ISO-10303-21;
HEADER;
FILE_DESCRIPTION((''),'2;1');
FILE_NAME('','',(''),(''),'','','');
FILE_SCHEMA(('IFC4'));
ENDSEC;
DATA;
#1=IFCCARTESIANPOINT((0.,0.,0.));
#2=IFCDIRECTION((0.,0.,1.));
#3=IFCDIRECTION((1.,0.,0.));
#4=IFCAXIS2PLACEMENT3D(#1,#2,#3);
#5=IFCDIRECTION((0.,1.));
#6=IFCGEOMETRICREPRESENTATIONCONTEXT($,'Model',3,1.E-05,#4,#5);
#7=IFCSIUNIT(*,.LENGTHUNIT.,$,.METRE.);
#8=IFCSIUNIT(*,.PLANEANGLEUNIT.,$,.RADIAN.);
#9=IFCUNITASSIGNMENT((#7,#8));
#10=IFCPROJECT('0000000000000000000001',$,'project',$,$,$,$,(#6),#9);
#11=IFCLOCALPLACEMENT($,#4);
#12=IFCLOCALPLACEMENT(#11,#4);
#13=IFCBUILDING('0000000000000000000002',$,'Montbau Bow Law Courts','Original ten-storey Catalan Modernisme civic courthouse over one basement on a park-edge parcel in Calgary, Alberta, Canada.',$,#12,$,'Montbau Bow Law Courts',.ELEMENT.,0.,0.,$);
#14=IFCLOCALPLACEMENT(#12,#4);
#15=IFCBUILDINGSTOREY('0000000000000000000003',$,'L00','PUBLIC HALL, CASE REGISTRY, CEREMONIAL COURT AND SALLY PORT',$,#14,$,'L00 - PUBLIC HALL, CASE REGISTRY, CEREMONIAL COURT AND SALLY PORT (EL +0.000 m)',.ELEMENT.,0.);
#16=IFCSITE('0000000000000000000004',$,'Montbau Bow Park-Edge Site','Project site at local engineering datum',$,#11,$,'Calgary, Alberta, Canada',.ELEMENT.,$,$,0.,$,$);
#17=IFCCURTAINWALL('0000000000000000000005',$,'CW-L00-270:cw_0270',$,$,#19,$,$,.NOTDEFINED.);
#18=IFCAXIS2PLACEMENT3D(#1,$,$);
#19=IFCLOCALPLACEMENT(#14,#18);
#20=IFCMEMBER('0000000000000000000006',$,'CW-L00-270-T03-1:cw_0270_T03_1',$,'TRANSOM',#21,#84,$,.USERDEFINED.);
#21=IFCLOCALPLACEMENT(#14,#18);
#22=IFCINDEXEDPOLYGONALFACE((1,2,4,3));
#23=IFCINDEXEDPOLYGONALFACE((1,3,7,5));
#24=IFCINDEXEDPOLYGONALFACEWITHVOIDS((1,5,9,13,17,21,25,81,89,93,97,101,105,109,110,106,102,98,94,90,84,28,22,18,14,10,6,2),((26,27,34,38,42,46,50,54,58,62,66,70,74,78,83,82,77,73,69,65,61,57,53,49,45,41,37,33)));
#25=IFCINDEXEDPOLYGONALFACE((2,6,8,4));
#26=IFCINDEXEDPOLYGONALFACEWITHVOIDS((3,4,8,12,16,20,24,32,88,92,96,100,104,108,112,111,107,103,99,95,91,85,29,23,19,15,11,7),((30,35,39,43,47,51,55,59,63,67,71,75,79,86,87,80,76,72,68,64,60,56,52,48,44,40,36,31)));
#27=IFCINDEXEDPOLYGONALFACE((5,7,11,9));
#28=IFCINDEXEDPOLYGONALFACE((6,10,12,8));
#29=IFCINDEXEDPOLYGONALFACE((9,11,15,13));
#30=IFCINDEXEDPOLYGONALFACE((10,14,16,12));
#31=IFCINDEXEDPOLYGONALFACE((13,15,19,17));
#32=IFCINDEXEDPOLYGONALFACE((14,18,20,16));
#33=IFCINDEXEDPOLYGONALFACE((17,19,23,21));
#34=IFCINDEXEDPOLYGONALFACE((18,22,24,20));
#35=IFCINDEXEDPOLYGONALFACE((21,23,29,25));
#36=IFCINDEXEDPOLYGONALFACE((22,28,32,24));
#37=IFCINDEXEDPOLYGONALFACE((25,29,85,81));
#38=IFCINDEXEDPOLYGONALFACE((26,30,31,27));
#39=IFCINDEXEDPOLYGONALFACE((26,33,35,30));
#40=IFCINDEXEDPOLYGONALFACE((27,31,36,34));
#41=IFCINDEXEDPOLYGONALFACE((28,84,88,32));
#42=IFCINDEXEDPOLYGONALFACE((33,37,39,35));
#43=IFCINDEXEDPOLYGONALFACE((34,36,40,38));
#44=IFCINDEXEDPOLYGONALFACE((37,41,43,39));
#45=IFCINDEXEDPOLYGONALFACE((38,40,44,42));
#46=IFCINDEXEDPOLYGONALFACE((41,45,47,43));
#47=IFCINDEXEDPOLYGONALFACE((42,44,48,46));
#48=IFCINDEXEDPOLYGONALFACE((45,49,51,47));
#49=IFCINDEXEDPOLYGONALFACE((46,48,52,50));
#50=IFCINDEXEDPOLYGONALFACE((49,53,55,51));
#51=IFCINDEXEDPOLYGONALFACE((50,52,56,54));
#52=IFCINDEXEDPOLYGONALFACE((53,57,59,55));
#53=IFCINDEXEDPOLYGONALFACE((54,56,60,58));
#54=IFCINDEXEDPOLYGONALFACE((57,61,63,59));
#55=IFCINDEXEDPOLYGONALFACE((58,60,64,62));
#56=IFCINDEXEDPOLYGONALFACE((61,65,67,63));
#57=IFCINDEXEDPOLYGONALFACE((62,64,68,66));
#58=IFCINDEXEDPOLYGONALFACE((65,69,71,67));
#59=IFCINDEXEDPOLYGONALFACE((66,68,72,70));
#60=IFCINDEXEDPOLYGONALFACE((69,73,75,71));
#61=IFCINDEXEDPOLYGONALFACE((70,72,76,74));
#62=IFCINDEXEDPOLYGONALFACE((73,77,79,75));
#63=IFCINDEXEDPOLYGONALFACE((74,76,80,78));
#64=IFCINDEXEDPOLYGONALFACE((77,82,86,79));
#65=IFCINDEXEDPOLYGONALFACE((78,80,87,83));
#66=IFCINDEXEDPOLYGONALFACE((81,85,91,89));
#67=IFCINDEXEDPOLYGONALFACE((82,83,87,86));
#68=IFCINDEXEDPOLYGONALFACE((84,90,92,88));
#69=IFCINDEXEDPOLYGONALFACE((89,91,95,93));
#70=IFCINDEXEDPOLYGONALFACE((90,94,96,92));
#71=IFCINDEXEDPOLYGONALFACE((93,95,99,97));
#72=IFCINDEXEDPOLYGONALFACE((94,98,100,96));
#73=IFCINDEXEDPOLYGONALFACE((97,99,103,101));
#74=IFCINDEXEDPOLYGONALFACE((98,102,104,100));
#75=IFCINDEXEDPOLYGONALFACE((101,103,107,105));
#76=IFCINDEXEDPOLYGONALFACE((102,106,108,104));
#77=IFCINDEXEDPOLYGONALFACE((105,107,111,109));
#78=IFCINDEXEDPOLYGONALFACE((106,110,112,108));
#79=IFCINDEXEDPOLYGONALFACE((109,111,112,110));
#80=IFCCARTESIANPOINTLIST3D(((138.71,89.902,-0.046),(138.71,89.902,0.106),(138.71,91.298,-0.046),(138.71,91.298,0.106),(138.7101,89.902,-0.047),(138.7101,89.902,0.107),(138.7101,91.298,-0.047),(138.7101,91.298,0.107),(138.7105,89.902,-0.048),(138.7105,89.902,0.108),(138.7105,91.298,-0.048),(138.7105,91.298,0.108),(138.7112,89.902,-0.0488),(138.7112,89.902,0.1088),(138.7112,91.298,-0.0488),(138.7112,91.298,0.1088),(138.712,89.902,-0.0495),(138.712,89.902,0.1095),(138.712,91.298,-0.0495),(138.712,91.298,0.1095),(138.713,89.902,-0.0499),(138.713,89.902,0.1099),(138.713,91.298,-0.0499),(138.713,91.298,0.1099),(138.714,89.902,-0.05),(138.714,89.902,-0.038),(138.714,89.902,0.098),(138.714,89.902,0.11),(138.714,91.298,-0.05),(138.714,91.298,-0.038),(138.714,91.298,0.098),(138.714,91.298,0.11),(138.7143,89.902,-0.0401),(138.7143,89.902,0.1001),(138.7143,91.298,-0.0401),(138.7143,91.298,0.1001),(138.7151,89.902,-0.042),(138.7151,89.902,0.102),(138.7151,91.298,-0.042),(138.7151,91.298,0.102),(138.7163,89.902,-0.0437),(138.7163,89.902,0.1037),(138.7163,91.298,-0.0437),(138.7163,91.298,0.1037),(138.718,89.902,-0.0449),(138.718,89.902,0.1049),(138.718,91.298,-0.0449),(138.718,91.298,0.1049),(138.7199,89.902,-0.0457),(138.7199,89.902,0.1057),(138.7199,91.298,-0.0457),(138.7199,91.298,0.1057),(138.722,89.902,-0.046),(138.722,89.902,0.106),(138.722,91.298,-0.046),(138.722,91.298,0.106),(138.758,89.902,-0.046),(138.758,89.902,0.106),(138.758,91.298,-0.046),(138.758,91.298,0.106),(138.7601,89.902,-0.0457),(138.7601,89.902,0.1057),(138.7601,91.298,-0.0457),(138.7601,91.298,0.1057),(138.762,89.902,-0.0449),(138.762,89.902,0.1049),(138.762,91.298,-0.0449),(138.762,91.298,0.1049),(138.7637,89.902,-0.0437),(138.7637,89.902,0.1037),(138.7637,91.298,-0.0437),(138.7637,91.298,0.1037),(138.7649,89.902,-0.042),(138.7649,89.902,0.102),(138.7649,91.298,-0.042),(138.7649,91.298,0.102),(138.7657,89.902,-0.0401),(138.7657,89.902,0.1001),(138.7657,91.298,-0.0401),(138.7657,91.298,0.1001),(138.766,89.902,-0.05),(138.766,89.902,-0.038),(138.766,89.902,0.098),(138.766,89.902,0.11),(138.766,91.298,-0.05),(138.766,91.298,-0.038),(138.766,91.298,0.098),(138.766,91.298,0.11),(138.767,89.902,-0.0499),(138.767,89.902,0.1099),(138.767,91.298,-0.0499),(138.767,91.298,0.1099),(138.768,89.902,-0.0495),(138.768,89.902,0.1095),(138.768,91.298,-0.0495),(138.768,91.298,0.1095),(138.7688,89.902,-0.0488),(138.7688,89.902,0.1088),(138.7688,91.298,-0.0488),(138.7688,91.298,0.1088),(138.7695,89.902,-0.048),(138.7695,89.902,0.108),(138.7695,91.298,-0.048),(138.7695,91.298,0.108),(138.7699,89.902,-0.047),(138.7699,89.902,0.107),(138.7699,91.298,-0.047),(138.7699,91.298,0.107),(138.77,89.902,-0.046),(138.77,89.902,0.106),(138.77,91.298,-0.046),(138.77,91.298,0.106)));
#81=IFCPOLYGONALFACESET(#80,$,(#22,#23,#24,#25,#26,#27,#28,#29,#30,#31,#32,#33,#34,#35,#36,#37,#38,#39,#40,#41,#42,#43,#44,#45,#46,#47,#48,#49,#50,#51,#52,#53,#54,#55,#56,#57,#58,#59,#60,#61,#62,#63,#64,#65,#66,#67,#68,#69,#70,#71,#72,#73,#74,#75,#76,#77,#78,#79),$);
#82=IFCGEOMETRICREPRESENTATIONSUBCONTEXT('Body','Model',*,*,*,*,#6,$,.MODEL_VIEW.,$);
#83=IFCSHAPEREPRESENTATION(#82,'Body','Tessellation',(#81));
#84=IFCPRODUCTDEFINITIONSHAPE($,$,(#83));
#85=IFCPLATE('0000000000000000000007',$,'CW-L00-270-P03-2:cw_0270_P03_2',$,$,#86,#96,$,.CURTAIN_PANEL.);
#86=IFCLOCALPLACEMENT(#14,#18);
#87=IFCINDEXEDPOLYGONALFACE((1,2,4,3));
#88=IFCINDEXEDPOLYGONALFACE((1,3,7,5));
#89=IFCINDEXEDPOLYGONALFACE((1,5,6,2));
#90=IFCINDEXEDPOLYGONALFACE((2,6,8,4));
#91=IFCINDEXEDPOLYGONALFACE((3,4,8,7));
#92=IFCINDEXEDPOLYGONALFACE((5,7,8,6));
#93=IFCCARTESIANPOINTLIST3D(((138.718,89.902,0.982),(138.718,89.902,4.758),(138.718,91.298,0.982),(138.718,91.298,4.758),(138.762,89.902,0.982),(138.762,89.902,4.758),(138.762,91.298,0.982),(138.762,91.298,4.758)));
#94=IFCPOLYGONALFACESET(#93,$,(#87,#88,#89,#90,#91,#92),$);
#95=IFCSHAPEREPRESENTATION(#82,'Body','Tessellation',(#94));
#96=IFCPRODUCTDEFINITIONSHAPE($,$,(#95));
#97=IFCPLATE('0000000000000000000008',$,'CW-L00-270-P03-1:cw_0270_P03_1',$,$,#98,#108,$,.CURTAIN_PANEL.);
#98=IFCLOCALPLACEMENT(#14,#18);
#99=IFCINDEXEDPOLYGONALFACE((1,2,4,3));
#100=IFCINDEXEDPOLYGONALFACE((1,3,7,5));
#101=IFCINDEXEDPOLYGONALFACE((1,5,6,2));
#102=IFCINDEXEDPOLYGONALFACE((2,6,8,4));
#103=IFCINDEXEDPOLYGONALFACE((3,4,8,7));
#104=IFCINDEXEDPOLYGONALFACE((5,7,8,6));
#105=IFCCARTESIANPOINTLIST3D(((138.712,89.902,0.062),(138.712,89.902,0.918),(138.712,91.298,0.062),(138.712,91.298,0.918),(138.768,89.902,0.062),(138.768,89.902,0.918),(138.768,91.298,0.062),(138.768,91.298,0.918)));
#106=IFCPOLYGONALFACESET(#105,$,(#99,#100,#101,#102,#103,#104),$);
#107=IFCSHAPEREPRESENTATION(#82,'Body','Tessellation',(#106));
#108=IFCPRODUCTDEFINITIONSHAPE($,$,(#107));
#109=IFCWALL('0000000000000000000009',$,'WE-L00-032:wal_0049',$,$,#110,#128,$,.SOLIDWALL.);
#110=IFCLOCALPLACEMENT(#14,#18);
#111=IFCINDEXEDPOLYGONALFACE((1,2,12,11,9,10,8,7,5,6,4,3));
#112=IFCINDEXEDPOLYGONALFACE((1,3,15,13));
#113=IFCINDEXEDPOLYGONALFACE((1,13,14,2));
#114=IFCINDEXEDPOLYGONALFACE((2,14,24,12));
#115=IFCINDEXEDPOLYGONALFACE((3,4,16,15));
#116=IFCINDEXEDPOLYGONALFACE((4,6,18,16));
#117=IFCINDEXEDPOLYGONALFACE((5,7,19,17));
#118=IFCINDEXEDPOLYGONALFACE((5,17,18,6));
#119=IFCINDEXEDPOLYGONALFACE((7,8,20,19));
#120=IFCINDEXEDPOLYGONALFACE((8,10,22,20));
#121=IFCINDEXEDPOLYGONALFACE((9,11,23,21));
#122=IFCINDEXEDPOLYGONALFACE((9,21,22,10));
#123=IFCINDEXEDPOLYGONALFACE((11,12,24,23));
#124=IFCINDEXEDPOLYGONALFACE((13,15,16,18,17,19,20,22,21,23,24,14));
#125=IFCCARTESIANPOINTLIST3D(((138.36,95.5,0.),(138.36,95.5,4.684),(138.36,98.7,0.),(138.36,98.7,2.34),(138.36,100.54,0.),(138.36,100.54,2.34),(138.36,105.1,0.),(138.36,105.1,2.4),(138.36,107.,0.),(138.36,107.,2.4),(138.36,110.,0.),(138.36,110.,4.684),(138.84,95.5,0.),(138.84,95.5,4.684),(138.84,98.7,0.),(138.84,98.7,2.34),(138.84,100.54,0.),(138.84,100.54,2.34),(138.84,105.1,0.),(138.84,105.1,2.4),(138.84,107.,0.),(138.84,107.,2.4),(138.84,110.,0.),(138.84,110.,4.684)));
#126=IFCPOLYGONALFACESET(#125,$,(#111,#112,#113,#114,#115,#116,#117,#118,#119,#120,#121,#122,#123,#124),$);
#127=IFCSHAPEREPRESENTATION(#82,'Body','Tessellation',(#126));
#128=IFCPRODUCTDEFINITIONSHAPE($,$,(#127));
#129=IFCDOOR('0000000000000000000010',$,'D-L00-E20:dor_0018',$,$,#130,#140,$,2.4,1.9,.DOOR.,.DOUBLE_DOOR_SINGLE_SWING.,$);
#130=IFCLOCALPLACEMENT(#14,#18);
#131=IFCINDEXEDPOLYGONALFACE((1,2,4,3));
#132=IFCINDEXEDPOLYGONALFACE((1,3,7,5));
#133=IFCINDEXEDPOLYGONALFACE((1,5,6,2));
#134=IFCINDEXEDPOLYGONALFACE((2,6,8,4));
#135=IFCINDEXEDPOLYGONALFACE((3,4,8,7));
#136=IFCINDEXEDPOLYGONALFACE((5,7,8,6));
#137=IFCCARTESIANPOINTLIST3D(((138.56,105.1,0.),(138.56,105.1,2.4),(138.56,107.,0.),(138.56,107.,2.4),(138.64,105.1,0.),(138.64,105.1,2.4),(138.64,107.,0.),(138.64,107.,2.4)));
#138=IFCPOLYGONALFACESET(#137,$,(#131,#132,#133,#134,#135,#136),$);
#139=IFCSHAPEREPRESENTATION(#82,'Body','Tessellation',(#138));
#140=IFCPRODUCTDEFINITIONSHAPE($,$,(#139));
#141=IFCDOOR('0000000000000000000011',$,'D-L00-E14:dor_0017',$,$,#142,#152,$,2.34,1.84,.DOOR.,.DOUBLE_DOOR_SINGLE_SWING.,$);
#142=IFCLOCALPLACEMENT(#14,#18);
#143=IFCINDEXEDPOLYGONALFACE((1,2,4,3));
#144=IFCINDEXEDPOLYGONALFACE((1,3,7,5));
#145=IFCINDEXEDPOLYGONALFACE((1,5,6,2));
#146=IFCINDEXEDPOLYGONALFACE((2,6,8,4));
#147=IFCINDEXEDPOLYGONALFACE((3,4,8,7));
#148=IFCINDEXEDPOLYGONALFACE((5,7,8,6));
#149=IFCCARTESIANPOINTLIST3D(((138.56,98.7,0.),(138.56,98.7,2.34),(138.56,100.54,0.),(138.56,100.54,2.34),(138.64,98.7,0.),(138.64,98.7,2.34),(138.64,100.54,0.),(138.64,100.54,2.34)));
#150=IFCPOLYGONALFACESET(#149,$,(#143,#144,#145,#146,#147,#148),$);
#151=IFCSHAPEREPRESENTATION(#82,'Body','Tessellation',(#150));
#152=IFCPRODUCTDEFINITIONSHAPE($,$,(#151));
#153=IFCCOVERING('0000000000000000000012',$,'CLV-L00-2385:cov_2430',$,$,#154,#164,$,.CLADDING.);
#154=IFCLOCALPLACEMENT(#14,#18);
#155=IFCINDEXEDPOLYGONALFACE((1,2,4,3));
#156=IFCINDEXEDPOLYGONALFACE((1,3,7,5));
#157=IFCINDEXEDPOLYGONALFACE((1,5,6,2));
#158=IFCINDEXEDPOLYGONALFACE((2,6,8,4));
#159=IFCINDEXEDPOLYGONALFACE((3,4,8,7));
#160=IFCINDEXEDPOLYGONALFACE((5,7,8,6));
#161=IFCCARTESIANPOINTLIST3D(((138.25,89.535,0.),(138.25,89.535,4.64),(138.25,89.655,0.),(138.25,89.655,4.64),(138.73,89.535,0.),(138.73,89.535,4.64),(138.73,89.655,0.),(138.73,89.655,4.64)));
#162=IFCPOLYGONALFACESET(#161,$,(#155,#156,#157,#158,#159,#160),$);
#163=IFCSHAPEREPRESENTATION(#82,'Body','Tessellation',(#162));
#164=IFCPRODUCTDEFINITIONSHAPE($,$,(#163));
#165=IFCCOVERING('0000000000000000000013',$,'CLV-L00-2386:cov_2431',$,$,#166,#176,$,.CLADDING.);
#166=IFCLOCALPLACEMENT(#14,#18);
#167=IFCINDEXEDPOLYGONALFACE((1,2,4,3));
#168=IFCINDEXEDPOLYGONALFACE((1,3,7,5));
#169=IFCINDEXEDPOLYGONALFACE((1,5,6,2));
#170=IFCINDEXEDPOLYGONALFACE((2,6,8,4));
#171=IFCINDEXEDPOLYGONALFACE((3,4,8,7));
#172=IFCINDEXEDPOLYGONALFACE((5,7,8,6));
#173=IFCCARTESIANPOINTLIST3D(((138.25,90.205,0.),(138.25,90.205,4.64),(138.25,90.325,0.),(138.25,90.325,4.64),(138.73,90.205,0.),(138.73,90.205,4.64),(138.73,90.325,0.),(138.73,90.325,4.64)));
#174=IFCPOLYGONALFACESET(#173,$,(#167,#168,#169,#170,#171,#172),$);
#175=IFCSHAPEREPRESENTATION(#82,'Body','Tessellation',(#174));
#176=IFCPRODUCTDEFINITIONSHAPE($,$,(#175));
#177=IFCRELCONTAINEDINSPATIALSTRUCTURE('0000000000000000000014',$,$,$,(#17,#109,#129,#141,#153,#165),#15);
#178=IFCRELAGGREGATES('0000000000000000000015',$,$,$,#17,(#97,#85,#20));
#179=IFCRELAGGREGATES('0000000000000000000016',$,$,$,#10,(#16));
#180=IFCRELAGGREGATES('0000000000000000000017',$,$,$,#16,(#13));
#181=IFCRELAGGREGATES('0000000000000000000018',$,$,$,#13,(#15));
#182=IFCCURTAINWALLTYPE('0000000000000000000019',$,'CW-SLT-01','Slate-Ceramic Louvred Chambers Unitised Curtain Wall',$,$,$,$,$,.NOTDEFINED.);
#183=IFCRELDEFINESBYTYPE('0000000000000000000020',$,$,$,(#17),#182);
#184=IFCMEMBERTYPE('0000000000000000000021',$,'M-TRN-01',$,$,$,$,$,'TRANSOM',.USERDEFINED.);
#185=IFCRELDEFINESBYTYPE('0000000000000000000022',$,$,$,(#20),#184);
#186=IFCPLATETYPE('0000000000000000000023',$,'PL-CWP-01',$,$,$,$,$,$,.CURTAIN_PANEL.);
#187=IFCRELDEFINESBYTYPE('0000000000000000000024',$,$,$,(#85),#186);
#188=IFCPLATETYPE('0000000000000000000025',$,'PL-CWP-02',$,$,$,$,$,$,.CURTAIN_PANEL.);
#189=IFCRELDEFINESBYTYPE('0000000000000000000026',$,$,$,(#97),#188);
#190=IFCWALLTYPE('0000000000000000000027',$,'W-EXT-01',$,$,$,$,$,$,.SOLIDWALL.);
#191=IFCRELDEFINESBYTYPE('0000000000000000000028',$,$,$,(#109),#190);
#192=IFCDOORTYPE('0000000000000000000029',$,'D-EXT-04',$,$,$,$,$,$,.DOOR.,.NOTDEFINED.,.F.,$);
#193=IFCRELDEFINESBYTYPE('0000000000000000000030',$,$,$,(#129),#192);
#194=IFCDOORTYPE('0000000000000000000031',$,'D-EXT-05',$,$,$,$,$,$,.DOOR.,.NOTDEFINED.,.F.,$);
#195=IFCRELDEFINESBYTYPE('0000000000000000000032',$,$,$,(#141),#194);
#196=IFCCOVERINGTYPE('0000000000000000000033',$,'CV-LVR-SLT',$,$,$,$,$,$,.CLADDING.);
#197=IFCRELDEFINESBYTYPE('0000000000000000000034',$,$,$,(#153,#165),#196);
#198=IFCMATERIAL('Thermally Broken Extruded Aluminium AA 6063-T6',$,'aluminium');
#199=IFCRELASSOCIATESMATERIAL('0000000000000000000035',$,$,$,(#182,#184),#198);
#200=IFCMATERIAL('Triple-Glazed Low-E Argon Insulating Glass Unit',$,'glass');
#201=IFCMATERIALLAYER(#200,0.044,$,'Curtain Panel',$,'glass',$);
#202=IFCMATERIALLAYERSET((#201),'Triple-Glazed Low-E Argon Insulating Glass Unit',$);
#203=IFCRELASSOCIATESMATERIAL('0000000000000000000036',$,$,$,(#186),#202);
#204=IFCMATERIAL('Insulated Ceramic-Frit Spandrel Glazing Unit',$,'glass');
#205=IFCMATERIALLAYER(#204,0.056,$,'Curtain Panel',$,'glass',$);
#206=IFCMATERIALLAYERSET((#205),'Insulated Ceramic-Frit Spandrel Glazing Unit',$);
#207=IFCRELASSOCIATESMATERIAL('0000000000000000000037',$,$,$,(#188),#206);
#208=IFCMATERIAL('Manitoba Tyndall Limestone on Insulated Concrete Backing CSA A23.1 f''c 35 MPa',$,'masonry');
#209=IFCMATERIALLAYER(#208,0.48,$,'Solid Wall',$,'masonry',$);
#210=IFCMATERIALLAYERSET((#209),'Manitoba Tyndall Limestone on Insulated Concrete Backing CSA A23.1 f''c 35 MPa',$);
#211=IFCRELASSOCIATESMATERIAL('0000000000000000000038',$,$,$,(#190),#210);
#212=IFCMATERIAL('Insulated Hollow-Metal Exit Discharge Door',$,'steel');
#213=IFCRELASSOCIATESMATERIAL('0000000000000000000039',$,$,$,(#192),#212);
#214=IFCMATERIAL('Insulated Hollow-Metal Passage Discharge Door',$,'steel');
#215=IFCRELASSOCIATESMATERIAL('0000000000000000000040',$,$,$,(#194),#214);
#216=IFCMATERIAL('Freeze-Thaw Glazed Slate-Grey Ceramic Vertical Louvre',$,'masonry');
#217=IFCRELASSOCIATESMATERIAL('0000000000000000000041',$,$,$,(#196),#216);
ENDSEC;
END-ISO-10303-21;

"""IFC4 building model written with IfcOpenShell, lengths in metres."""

from ifc_helpers import new_model, si_unit, direction, frame, frame_2d, origin_with_axes, origin_2d_with_axis, place, context, subcontext, project, spatial, rectangle, hollow_rectangle, extrude, material, layer, layer_set, material_profile, profile_set, type_object, element, fill, aggregate, save


model = new_model("IFC4")

# Units and contexts
model_context = context("Model", 3, precision=1e-05, world=origin_with_axes(), true_north=direction((0.0, 1.0)))
body_context = subcontext(model_context, "Body", "Model", "MODEL_VIEW")
ifc_project = project(units=[si_unit("LENGTHUNIT", "METRE"), si_unit("PLANEANGLEUNIT", "RADIAN")], contexts=[model_context])

# Site, building, storey
site_placement = place(None, origin_with_axes())
site = spatial("IfcSite", under=ifc_project, at=site_placement, Name="Montbau Bow Park-Edge Site", Description="Project site at local engineering datum", LongName="Calgary, Alberta, Canada", CompositionType="ELEMENT", RefElevation=0.0)
building_placement = place(site_placement, origin_with_axes())
building = spatial("IfcBuilding", under=site, at=building_placement, Name="Montbau Bow Law Courts", Description="Original ten-storey Catalan Modernisme civic courthouse over one basement on a park-edge parcel in Calgary, Alberta, Canada.", LongName="Montbau Bow Law Courts", CompositionType="ELEMENT", ElevationOfRefHeight=0.0, ElevationOfTerrain=0.0)
storey_placement = place(building_placement, origin_with_axes())
storey = spatial("IfcBuildingStorey", under=building, at=storey_placement, Name="L00", Description="PUBLIC HALL, CASE REGISTRY, CEREMONIAL COURT AND SALLY PORT", LongName="L00 - PUBLIC HALL, CASE REGISTRY, CEREMONIAL COURT AND SALLY PORT (EL +0.000 m)", CompositionType="ELEMENT", Elevation=0.0)

# Curtain wall, member, plates
ifc_material_1 = material(Name="Thermally Broken Extruded Aluminium AA 6063-T6", Category="aluminium")
curtain_wall_type = type_object("IfcCurtainWallType", Name="CW-SLT-01", Description="Slate-Ceramic Louvred Chambers Unitised Curtain Wall", PredefinedType="NOTDEFINED", material=ifc_material_1)
curtain_wall_placement = place(None, frame((138.74, 86.915, 0.0), z_axis=(0.0, 0.0, 1.0), x_axis=(1.0, 0.0, 0.0)))
curtain_wall = element("IfcCurtainWall", 1, at=curtain_wall_placement, inside=storey, type_object=curtain_wall_type, Name="CW-L00-270:cw_0270", PredefinedType="NOTDEFINED")
ifc_material_profile_1 = material_profile(ifc_material_1, hollow_rectangle(XDim=0.06, YDim=0.16, WallThickness=0.004, InnerFilletRadius=0.008, OuterFilletRadius=0.004, at=origin_2d_with_axis()), Name="CWT-160X60", Category="Main", Priority=0)
ifc_profile_set_1 = profile_set([ifc_material_profile_1], Name="Thermally Broken Extruded Aluminium AA 6063-T6")
member_type_1 = type_object("IfcMemberType", Name="M-TRN-01", ElementType="TRANSOM", PredefinedType="USERDEFINED", material=ifc_profile_set_1)
member_1_placement = place(None, frame((138.74, 89.902, 0.03), z_axis=(0.0, 1.0, 0.0), x_axis=(-1.0, 0.0, 0.0)))
member_1 = element("IfcMember", 2, at=member_1_placement, type_object=member_type_1, Name="CW-L00-270-T03-1:cw_0270_T03_1", ObjectType="TRANSOM", PredefinedType="USERDEFINED", context=body_context, shape_type="SweptSolid", body=[
    extrude(hollow_rectangle(XDim=0.06, YDim=0.16, WallThickness=0.004, InnerFilletRadius=0.008, OuterFilletRadius=0.004, at=origin_2d_with_axis()), origin_with_axes(), (0.0, 0.0, 1.0), 1.396),
])
ifc_material_2 = material(Name="Triple-Glazed Low-E Argon Insulating Glass Unit", Category="glass")
ifc_layer_1 = layer(ifc_material_2, 0.044, Name="Curtain Panel", Category="glass")
ifc_layer_set_1 = layer_set([ifc_layer_1], Name="Triple-Glazed Low-E Argon Insulating Glass Unit")
plate_type_1 = type_object("IfcPlateType", Name="PL-CWP-01", PredefinedType="CURTAIN_PANEL", material=ifc_layer_set_1)
plate_1_placement = place(None, frame((138.74, 89.902, 0.982), z_axis=(1.0, 0.0, 0.0), x_axis=(0.0, 1.0, 0.0)))
plate_1 = element("IfcPlate", 3, at=plate_1_placement, type_object=plate_type_1, Name="CW-L00-270-P03-2:cw_0270_P03_2", PredefinedType="CURTAIN_PANEL", context=body_context, shape_type="SweptSolid", body=[
    extrude(rectangle(XDim=1.396, YDim=3.776, at=frame_2d((0.698, 1.888), x_axis=(1.0, 0.0))), frame((0.0, 0.0, -0.022), z_axis=(0.0, 0.0, 1.0), x_axis=(1.0, 0.0, 0.0)), (0.0, 0.0, 1.0), 0.044),
])
ifc_material_3 = material(Name="Insulated Ceramic-Frit Spandrel Glazing Unit", Category="glass")
ifc_layer_2 = layer(ifc_material_3, 0.056, Name="Curtain Panel", Category="glass")
ifc_layer_set_2 = layer_set([ifc_layer_2], Name="Insulated Ceramic-Frit Spandrel Glazing Unit")
plate_type_2 = type_object("IfcPlateType", Name="PL-CWP-02", PredefinedType="CURTAIN_PANEL", material=ifc_layer_set_2)
plate_2_placement = place(None, frame((138.74, 89.902, 0.062), z_axis=(1.0, 0.0, 0.0), x_axis=(0.0, 1.0, 0.0)))
plate_2 = element("IfcPlate", 4, at=plate_2_placement, type_object=plate_type_2, Name="CW-L00-270-P03-1:cw_0270_P03_1", PredefinedType="CURTAIN_PANEL", context=body_context, shape_type="SweptSolid", body=[
    extrude(rectangle(XDim=1.396, YDim=0.856, at=frame_2d((0.698, 0.428), x_axis=(1.0, 0.0))), frame((0.0, 0.0, -0.028), z_axis=(0.0, 0.0, 1.0), x_axis=(1.0, 0.0, 0.0)), (0.0, 0.0, 1.0), 0.056),
])
aggregate(curtain_wall, [plate_2, plate_1, member_1])

# Wall, openings, doors
ifc_material_4 = material(Name="Manitoba Tyndall Limestone on Insulated Concrete Backing CSA A23.1 f'c 35 MPa", Category="masonry")
ifc_layer_3 = layer(ifc_material_4, 0.48, Name="Solid Wall", Category="masonry")
ifc_layer_set_3 = layer_set([ifc_layer_3], Name="Manitoba Tyndall Limestone on Insulated Concrete Backing CSA A23.1 f'c 35 MPa")
wall_type = type_object("IfcWallType", Name="W-EXT-01", PredefinedType="SOLIDWALL", material=ifc_layer_set_3)
wall_placement = place(None, frame((138.6, 95.5, 0.0), z_axis=(0.0, 0.0, 1.0), x_axis=(0.0, 1.0, 0.0)))
wall = element("IfcWall", 5, at=wall_placement, inside=storey, type_object=wall_type, Name="WE-L00-032:wal_0049", PredefinedType="SOLIDWALL", context=body_context, shape_type="SweptSolid", body=[
    extrude(rectangle(XDim=14.5, YDim=0.48, at=frame_2d((7.25, 0.0), x_axis=(1.0, 0.0))), origin_with_axes(), (0.0, 0.0, 1.0), 4.684),
])
opening_1_placement = place(None, frame((138.6, 99.62, 0.0), z_axis=(0.0, 0.0, 1.0), x_axis=(0.0, 1.0, 0.0)))
opening_1 = element("IfcOpeningElement", 6, at=opening_1_placement, cuts=wall, PredefinedType="OPENING", context=body_context, shape_type="SweptSolid", body=[
    extrude(rectangle(XDim=1.84, YDim=2.34, at=frame_2d((0.0, 1.17), x_axis=(1.0, 0.0))), frame((0.0, 0.25, 0.0), z_axis=(0.0, -1.0, 0.0), x_axis=(1.0, 0.0, 0.0)), (0.0, 0.0, 1.0), 0.5),
])
opening_2_placement = place(None, frame((138.6, 106.05, 0.0), z_axis=(0.0, 0.0, 1.0), x_axis=(0.0, 1.0, 0.0)))
opening_2 = element("IfcOpeningElement", 7, at=opening_2_placement, cuts=wall, PredefinedType="OPENING", context=body_context, shape_type="SweptSolid", body=[
    extrude(rectangle(XDim=1.9, YDim=2.4, at=frame_2d((0.0, 1.2), x_axis=(1.0, 0.0))), frame((0.0, 0.25, 0.0), z_axis=(0.0, -1.0, 0.0), x_axis=(1.0, 0.0, 0.0)), (0.0, 0.0, 1.0), 0.5),
])
ifc_material_5 = material(Name="Insulated Hollow-Metal Exit Discharge Door", Category="steel")
door_type_1 = type_object("IfcDoorType", Name="D-EXT-04", OperationType="NOTDEFINED", ParameterTakesPrecedence=False, PredefinedType="DOOR", material=ifc_material_5)
door_1_placement = place(None, frame((138.6, 106.05, 0.0), z_axis=(0.0, 0.0, 1.0), x_axis=(0.0, 1.0, 0.0)))
door_1 = element("IfcDoor", 8, at=door_1_placement, inside=storey, type_object=door_type_1, Name="D-L00-E20:dor_0018", OperationType="DOUBLE_DOOR_SINGLE_SWING", OverallHeight=2.4, OverallWidth=1.9, PredefinedType="DOOR", context=body_context, shape_type="SweptSolid", body=[
    extrude(rectangle(XDim=1.9, YDim=2.4, at=frame_2d((0.0, 1.2), x_axis=(1.0, 0.0))), frame((0.0, 0.04, 0.0), z_axis=(0.0, -1.0, 0.0), x_axis=(1.0, 0.0, 0.0)), (0.0, 0.0, 1.0), 0.08),
])
fill(opening_2, door_1)
ifc_material_6 = material(Name="Insulated Hollow-Metal Passage Discharge Door", Category="steel")
door_type_2 = type_object("IfcDoorType", Name="D-EXT-05", OperationType="NOTDEFINED", ParameterTakesPrecedence=False, PredefinedType="DOOR", material=ifc_material_6)
door_2_placement = place(None, frame((138.6, 99.62, 0.0), z_axis=(0.0, 0.0, 1.0), x_axis=(0.0, 1.0, 0.0)))
door_2 = element("IfcDoor", 9, at=door_2_placement, inside=storey, type_object=door_type_2, Name="D-L00-E14:dor_0017", OperationType="DOUBLE_DOOR_SINGLE_SWING", OverallHeight=2.34, OverallWidth=1.84, PredefinedType="DOOR", context=body_context, shape_type="SweptSolid", body=[
    extrude(rectangle(XDim=1.84, YDim=2.34, at=frame_2d((0.0, 1.17), x_axis=(1.0, 0.0))), frame((0.0, 0.04, 0.0), z_axis=(0.0, -1.0, 0.0), x_axis=(1.0, 0.0, 0.0)), (0.0, 0.0, 1.0), 0.08),
])
fill(opening_1, door_2)

# Coverings
ifc_material_7 = material(Name="Freeze-Thaw Glazed Slate-Grey Ceramic Vertical Louvre", Category="masonry")
covering_type = type_object("IfcCoveringType", Name="CV-LVR-SLT", PredefinedType="CLADDING", material=ifc_material_7)
for number, where, z_axis, x_axis, name in (
    (10, (138.73, 89.595, 0.0), (0.0, 1.0, 0.0), (-1.0, 0.0, 0.0), "CLV-L00-2385:cov_2430"),
    (11, (138.73, 90.265, 0.0), (0.0, 1.0, 0.0), (-1.0, 0.0, 0.0), "CLV-L00-2386:cov_2431"),
):
    element("IfcCovering", number, at=place(None, frame(where, z_axis=z_axis, x_axis=x_axis)), inside=storey, type_object=covering_type, Name=name, PredefinedType="CLADDING", context=body_context, shape_type="SweptSolid", body=[
        extrude(rectangle(XDim=0.48, YDim=4.64, at=frame_2d((0.24, 2.32), x_axis=(1.0, 0.0))), frame((0.0, 0.0, -0.06), z_axis=(0.0, 0.0, 1.0), x_axis=(1.0, 0.0, 0.0)), (0.0, 0.0, 1.0), 0.12),
    ])

save(model, "model.ifc")
